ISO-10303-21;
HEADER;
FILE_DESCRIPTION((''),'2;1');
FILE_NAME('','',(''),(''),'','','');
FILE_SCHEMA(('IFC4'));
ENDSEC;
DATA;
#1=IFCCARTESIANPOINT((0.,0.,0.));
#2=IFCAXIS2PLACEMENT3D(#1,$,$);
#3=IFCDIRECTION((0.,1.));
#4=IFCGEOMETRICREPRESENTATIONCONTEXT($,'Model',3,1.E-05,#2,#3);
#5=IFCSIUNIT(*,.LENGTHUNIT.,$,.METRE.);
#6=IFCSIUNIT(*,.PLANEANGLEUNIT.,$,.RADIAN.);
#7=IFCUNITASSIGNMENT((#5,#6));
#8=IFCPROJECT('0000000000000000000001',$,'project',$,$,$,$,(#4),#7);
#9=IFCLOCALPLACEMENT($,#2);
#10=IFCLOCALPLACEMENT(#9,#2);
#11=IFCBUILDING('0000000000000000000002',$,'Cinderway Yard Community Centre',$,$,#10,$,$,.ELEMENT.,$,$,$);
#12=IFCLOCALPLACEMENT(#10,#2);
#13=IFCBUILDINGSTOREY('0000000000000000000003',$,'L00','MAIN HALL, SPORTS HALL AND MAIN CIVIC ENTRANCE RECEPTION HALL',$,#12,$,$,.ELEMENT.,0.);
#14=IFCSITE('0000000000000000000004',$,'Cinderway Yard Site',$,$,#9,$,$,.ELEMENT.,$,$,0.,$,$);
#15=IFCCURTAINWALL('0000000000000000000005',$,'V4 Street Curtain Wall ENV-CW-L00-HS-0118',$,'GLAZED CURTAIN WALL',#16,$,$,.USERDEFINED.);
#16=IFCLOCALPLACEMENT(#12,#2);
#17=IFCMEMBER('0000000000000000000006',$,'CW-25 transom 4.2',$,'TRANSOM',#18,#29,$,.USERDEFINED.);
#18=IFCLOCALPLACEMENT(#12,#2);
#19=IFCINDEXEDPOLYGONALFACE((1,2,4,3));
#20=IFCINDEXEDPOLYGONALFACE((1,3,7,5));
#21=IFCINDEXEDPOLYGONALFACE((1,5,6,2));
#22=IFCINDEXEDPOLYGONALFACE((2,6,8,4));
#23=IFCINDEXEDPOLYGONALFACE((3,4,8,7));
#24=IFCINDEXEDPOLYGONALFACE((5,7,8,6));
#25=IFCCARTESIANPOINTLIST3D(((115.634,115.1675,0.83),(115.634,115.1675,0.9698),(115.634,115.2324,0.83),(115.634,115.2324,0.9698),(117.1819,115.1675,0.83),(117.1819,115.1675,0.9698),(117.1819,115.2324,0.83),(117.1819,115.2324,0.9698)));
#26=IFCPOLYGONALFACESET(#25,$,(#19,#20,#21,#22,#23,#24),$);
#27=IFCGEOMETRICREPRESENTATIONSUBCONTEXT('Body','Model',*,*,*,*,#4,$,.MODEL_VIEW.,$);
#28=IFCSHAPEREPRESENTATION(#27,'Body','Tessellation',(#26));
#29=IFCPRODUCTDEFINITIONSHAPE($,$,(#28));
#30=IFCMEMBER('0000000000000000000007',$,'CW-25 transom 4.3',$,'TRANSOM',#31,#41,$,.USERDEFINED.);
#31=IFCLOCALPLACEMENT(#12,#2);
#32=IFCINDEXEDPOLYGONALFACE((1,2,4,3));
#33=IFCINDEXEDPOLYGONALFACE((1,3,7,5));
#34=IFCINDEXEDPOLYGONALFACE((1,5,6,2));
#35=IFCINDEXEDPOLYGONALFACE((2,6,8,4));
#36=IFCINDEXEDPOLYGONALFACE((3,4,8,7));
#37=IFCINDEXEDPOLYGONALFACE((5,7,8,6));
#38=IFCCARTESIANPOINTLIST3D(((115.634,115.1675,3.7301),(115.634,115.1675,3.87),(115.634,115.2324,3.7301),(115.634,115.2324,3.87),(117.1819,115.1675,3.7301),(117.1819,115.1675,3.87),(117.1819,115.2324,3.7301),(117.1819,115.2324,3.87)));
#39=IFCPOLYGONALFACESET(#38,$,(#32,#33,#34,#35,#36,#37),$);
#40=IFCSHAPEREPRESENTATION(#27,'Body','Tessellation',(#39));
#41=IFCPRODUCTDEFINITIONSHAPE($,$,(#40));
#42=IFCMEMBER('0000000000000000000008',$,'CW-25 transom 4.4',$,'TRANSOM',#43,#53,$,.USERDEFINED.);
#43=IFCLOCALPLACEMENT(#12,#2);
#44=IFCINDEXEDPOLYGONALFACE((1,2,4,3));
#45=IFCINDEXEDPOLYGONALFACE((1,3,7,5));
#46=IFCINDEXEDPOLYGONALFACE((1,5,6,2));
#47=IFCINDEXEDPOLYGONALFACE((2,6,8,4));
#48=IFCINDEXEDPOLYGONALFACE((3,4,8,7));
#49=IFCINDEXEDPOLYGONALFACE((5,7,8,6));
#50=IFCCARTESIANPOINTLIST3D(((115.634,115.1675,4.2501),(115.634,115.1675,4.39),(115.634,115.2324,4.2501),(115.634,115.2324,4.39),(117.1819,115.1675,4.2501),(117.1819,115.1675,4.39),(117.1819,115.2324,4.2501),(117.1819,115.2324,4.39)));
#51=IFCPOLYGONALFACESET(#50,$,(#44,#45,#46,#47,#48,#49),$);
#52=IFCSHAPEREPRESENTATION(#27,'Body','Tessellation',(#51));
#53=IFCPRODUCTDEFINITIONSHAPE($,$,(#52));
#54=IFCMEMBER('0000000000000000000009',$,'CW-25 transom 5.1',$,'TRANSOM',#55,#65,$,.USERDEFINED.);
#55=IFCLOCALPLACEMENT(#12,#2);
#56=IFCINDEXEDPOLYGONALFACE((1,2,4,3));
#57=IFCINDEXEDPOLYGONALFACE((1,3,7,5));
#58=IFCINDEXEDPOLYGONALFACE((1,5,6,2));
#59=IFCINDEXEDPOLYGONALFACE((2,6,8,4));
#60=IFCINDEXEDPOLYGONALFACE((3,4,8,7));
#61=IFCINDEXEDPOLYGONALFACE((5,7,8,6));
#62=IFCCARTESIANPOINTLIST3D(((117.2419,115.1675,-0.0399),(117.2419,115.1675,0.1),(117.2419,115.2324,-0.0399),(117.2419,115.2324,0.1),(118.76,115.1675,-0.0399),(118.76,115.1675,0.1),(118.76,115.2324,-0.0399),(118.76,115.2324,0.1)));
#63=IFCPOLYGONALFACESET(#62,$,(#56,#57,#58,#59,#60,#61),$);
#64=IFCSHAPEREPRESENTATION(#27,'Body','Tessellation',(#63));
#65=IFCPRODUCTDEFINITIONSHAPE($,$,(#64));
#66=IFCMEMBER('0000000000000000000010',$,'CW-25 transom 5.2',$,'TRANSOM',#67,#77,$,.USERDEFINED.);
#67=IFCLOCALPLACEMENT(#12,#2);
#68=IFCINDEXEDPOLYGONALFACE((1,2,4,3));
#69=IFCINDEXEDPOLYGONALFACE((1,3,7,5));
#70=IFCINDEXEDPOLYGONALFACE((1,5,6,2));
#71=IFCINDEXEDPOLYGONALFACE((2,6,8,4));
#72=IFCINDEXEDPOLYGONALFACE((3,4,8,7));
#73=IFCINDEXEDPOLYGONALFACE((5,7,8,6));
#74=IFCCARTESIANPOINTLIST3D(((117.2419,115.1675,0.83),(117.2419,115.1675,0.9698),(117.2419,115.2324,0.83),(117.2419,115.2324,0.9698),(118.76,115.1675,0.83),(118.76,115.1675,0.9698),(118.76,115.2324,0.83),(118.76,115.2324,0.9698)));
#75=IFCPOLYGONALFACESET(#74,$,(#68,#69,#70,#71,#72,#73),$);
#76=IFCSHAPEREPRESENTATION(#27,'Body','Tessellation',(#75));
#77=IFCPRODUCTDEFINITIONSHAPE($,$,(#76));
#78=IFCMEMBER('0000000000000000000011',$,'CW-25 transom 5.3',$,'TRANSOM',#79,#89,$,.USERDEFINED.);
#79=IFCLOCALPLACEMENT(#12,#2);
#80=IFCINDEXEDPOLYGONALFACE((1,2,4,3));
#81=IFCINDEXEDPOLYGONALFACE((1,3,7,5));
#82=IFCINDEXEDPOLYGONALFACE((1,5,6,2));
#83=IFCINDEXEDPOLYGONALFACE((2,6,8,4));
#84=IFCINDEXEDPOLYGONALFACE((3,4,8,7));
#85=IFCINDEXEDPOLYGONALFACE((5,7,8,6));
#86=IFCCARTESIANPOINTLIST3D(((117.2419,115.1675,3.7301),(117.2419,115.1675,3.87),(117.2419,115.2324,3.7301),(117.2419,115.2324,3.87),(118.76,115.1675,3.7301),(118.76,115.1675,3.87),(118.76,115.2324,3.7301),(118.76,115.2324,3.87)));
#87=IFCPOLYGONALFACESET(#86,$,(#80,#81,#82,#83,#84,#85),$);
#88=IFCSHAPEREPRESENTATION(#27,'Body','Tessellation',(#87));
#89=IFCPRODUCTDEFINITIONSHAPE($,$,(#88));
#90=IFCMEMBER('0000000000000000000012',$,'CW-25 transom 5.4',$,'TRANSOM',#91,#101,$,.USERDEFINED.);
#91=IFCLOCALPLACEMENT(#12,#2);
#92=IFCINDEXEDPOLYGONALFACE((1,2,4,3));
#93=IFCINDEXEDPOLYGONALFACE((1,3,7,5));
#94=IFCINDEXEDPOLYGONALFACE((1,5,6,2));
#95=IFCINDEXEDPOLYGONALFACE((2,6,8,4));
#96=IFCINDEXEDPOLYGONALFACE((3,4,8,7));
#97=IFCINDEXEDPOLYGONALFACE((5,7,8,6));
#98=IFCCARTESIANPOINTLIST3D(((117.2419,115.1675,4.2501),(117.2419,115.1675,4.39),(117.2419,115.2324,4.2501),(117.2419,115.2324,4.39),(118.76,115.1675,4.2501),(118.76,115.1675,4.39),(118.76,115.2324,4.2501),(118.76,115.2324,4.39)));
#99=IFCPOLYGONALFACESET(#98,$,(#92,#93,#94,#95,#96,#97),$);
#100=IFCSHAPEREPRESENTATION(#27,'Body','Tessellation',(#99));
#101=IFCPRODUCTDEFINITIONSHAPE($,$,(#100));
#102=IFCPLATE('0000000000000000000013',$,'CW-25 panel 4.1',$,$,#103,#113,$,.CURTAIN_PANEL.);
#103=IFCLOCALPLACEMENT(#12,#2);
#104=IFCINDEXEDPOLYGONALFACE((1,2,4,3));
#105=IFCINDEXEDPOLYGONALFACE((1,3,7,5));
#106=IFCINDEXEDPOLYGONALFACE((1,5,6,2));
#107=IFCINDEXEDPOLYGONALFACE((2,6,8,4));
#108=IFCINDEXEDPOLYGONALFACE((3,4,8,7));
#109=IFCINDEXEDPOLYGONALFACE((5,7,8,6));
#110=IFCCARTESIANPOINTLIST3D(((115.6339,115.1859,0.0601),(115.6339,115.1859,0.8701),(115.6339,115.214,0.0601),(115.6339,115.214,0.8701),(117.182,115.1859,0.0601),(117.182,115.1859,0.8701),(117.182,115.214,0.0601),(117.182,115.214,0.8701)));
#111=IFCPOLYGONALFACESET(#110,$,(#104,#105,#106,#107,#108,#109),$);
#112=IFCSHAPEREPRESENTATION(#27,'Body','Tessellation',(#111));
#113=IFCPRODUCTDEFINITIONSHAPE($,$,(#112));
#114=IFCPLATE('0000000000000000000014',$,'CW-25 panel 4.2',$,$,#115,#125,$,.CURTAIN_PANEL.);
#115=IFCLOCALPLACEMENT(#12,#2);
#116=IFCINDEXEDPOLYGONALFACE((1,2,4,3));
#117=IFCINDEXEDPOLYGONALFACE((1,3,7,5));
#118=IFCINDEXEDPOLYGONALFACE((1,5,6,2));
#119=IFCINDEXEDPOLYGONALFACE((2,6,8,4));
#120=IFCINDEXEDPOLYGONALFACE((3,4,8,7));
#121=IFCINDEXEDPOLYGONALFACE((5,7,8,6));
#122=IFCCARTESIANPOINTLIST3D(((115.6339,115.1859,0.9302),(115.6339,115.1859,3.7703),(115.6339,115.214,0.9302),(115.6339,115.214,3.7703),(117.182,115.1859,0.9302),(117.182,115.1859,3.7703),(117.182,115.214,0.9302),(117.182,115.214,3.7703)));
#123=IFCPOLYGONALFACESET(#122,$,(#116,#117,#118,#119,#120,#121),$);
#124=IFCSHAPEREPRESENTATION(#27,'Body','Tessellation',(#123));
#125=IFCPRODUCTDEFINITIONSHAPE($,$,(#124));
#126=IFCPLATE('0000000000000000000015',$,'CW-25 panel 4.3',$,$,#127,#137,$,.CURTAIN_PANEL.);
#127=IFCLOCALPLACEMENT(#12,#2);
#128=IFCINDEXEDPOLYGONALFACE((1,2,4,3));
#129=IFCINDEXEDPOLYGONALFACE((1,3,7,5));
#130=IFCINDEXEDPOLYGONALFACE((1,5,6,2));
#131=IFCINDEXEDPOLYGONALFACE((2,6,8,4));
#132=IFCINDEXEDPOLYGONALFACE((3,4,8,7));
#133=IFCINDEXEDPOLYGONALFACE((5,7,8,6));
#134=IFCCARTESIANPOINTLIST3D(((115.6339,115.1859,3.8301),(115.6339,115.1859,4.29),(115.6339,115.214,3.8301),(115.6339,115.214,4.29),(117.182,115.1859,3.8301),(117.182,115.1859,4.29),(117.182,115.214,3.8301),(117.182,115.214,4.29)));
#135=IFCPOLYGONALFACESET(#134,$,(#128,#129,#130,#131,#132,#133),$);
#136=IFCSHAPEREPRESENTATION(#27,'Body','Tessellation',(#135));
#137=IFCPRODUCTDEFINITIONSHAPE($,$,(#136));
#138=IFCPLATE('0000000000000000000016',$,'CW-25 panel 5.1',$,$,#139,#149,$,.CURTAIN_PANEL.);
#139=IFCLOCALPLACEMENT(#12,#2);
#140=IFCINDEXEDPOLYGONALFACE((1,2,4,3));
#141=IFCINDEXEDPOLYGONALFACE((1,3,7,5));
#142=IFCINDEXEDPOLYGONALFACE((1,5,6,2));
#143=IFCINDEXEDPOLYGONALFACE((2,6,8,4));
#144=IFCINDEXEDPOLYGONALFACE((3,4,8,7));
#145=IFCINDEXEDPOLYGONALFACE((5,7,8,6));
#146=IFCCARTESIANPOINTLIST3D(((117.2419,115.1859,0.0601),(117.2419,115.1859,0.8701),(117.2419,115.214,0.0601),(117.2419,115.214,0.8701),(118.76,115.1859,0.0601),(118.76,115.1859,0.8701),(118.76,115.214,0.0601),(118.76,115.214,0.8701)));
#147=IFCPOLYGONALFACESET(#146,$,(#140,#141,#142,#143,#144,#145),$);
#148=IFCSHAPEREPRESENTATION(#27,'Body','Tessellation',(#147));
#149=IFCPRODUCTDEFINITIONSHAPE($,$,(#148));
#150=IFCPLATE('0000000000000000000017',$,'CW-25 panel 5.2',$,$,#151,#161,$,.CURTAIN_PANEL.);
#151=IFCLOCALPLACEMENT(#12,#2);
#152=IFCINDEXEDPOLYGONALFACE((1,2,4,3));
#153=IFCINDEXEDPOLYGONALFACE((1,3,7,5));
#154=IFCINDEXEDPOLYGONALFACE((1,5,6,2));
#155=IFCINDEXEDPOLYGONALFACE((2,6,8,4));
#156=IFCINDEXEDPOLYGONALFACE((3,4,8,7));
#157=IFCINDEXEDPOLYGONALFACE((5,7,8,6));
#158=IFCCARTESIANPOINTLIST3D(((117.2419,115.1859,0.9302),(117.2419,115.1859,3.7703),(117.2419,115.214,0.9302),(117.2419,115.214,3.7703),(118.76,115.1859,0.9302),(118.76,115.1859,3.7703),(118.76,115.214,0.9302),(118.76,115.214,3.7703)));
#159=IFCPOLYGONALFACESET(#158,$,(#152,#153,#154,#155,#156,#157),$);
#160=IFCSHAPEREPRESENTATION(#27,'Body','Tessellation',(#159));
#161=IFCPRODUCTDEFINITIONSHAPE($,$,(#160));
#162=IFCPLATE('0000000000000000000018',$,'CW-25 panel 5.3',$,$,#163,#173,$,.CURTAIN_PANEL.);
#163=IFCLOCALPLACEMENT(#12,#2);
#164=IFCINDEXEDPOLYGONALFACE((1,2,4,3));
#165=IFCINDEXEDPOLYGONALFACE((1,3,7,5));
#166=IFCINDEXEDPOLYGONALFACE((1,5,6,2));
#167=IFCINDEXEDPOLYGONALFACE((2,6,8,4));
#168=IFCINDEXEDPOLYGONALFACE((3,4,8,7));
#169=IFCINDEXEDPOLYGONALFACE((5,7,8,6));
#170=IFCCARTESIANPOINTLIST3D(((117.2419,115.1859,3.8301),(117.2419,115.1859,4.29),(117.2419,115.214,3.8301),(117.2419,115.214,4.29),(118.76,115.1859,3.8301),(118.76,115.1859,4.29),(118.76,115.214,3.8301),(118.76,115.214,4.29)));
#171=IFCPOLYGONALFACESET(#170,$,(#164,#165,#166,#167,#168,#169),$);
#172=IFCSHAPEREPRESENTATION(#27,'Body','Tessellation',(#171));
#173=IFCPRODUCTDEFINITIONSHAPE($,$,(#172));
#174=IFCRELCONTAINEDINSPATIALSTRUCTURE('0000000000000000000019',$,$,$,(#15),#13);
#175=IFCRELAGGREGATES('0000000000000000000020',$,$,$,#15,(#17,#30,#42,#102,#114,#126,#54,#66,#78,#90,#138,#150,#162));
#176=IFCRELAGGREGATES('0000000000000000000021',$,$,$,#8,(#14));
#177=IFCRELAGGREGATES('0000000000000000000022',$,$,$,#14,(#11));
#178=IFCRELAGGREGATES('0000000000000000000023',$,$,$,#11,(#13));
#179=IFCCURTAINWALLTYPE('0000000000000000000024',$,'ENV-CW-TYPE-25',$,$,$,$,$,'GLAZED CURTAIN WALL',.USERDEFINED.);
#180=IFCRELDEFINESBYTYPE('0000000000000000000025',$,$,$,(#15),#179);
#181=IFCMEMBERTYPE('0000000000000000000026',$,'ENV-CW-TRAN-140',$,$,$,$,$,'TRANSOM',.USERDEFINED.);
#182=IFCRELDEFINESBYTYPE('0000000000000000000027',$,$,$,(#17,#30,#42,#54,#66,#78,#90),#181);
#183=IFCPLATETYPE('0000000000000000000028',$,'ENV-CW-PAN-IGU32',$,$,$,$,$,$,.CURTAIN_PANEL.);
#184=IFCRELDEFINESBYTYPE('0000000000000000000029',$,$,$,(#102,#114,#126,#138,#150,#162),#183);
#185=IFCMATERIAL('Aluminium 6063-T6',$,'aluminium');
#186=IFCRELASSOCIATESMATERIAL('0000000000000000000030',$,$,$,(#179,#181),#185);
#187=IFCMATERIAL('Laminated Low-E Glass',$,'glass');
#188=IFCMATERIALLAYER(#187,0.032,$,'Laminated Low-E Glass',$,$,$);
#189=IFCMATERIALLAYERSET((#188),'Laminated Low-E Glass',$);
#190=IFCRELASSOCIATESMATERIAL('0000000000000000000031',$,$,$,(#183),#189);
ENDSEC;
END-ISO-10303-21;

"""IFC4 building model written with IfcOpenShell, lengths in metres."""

from ifc_helpers import new_model, si_unit, direction, frame, origin, origin_2d, place, context, subcontext, project, spatial, rectangle, extrude, material, layer, layer_set, material_profile, profile_set, type_object, element, aggregate, save


model = new_model("IFC4")

# Units and contexts
model_context = context("Model", 3, precision=1e-05, world=origin(), true_north=direction((0.0, 1.0)))
body_context = subcontext(model_context, "Body", "Model", "MODEL_VIEW")
ifc_project = project(units=[si_unit("LENGTHUNIT", "METRE"), si_unit("PLANEANGLEUNIT", "RADIAN")], contexts=[model_context])

# Site, building, storey
site_placement = place(None, origin())
site = spatial("IfcSite", under=ifc_project, at=site_placement, Name="Cinderway Yard Site", CompositionType="ELEMENT", RefElevation=0.0)
building_placement = place(site_placement, origin())
building = spatial("IfcBuilding", under=site, at=building_placement, Name="Cinderway Yard Community Centre", CompositionType="ELEMENT")
storey_placement = place(building_placement, origin())
storey = spatial("IfcBuildingStorey", under=building, at=storey_placement, Name="L00", Description="MAIN HALL, SPORTS HALL AND MAIN CIVIC ENTRANCE RECEPTION HALL", CompositionType="ELEMENT", Elevation=0.0)

# Curtain wall, members, plates
ifc_material_1 = material(Name="Aluminium 6063-T6", Category="aluminium")
curtain_wall_type = type_object("IfcCurtainWallType", Name="ENV-CW-TYPE-25", ElementType="GLAZED CURTAIN WALL", PredefinedType="USERDEFINED", material=ifc_material_1)
curtain_wall_placement = place(storey_placement, origin())
curtain_wall = element("IfcCurtainWall", 1, at=curtain_wall_placement, inside=storey, type_object=curtain_wall_type, Name="V4 Street Curtain Wall ENV-CW-L00-HS-0118", ObjectType="GLAZED CURTAIN WALL", PredefinedType="USERDEFINED")
ifc_material_profile_1 = material_profile(ifc_material_1, rectangle(XDim=0.0649, YDim=0.1399, at=origin_2d()), Name="Aluminium 6063-T6")
ifc_profile_set_1 = profile_set([ifc_material_profile_1], Name="Aluminium 6063-T6")
member_type_1 = type_object("IfcMemberType", Name="ENV-CW-TRAN-140", ElementType="TRANSOM", PredefinedType="USERDEFINED", material=ifc_profile_set_1)
member_1_placement = place(storey_placement, frame((115.634, 115.2, 0.8999), z_axis=(1.0, 0.0, 0.0), x_axis=(0.0, 1.0, 0.0)))
member_1 = element("IfcMember", 2, at=member_1_placement, type_object=member_type_1, Name="CW-25 transom 4.2", ObjectType="TRANSOM", PredefinedType="USERDEFINED", context=body_context, shape_type="SweptSolid", body=[
    extrude(rectangle(XDim=0.0649, YDim=0.1399, at=origin_2d()), origin(), (0.0, 0.0, 1.0), 1.5479),
])
member_2_placement = place(storey_placement, frame((115.634, 115.2, 3.8), z_axis=(1.0, 0.0, 0.0), x_axis=(0.0, 1.0, 0.0)))
member_2 = element("IfcMember", 3, at=member_2_placement, type_object=member_type_1, Name="CW-25 transom 4.3", ObjectType="TRANSOM", PredefinedType="USERDEFINED", context=body_context, shape_type="SweptSolid", body=[
    extrude(rectangle(XDim=0.0649, YDim=0.1399, at=origin_2d()), origin(), (0.0, 0.0, 1.0), 1.5479),
])
member_3_placement = place(storey_placement, frame((115.634, 115.2, 4.3201), z_axis=(1.0, 0.0, 0.0), x_axis=(0.0, 1.0, 0.0)))
member_3 = element("IfcMember", 4, at=member_3_placement, type_object=member_type_1, Name="CW-25 transom 4.4", ObjectType="TRANSOM", PredefinedType="USERDEFINED", context=body_context, shape_type="SweptSolid", body=[
    extrude(rectangle(XDim=0.0649, YDim=0.1399, at=origin_2d()), origin(), (0.0, 0.0, 1.0), 1.5479),
])
member_4_placement = place(storey_placement, frame((117.2419, 115.2, 0.03), z_axis=(1.0, 0.0, 0.0), x_axis=(0.0, 1.0, 0.0)))
member_4 = element("IfcMember", 5, at=member_4_placement, type_object=member_type_1, Name="CW-25 transom 5.1", ObjectType="TRANSOM", PredefinedType="USERDEFINED", context=body_context, shape_type="SweptSolid", body=[
    extrude(rectangle(XDim=0.0649, YDim=0.1399, at=origin_2d()), origin(), (0.0, 0.0, 1.0), 1.5181),
])
member_5_placement = place(storey_placement, frame((117.2419, 115.2, 0.8999), z_axis=(1.0, 0.0, 0.0), x_axis=(0.0, 1.0, 0.0)))
member_5 = element("IfcMember", 6, at=member_5_placement, type_object=member_type_1, Name="CW-25 transom 5.2", ObjectType="TRANSOM", PredefinedType="USERDEFINED", context=body_context, shape_type="SweptSolid", body=[
    extrude(rectangle(XDim=0.0649, YDim=0.1399, at=origin_2d()), origin(), (0.0, 0.0, 1.0), 1.5181),
])
member_6_placement = place(storey_placement, frame((117.2419, 115.2, 3.8), z_axis=(1.0, 0.0, 0.0), x_axis=(0.0, 1.0, 0.0)))
member_6 = element("IfcMember", 7, at=member_6_placement, type_object=member_type_1, Name="CW-25 transom 5.3", ObjectType="TRANSOM", PredefinedType="USERDEFINED", context=body_context, shape_type="SweptSolid", body=[
    extrude(rectangle(XDim=0.0649, YDim=0.1399, at=origin_2d()), origin(), (0.0, 0.0, 1.0), 1.5181),
])
member_7_placement = place(storey_placement, frame((117.2419, 115.2, 4.3201), z_axis=(1.0, 0.0, 0.0), x_axis=(0.0, 1.0, 0.0)))
member_7 = element("IfcMember", 8, at=member_7_placement, type_object=member_type_1, Name="CW-25 transom 5.4", ObjectType="TRANSOM", PredefinedType="USERDEFINED", context=body_context, shape_type="SweptSolid", body=[
    extrude(rectangle(XDim=0.0649, YDim=0.1399, at=origin_2d()), origin(), (0.0, 0.0, 1.0), 1.5181),
])
ifc_material_2 = material(Name="Laminated Low-E Glass", Category="glass")
ifc_layer_1 = layer(ifc_material_2, 0.032, Name="Laminated Low-E Glass")
ifc_layer_set_1 = layer_set([ifc_layer_1], Name="Laminated Low-E Glass")
plate_type = type_object("IfcPlateType", Name="ENV-CW-PAN-IGU32", PredefinedType="CURTAIN_PANEL", material=ifc_layer_set_1)
plate_1_placement = place(storey_placement, frame((116.408, 115.2, 0.0601), z_axis=(0.0, 0.0, 1.0), x_axis=(1.0, 0.0, 0.0)))
plate_1 = element("IfcPlate", 9, at=plate_1_placement, type_object=plate_type, Name="CW-25 panel 4.1", PredefinedType="CURTAIN_PANEL", context=body_context, shape_type="SweptSolid", body=[
    extrude(rectangle(XDim=1.5481, YDim=0.0281, at=origin_2d()), origin(), (0.0, 0.0, 1.0), 0.8101),
])
plate_2_placement = place(storey_placement, frame((116.408, 115.2, 0.9302), z_axis=(0.0, 0.0, 1.0), x_axis=(1.0, 0.0, 0.0)))
plate_2 = element("IfcPlate", 10, at=plate_2_placement, type_object=plate_type, Name="CW-25 panel 4.2", PredefinedType="CURTAIN_PANEL", context=body_context, shape_type="SweptSolid", body=[
    extrude(rectangle(XDim=1.5481, YDim=0.0281, at=origin_2d()), origin(), (0.0, 0.0, 1.0), 2.8401),
])
plate_3_placement = place(storey_placement, frame((116.408, 115.2, 3.8301), z_axis=(0.0, 0.0, 1.0), x_axis=(1.0, 0.0, 0.0)))
plate_3 = element("IfcPlate", 11, at=plate_3_placement, type_object=plate_type, Name="CW-25 panel 4.3", PredefinedType="CURTAIN_PANEL", context=body_context, shape_type="SweptSolid", body=[
    extrude(rectangle(XDim=1.5481, YDim=0.0281, at=origin_2d()), origin(), (0.0, 0.0, 1.0), 0.46),
])
plate_4_placement = place(storey_placement, frame((118.001, 115.2, 0.0601), z_axis=(0.0, 0.0, 1.0), x_axis=(1.0, 0.0, 0.0)))
plate_4 = element("IfcPlate", 12, at=plate_4_placement, type_object=plate_type, Name="CW-25 panel 5.1", PredefinedType="CURTAIN_PANEL", context=body_context, shape_type="SweptSolid", body=[
    extrude(rectangle(XDim=1.5181, YDim=0.0281, at=origin_2d()), origin(), (0.0, 0.0, 1.0), 0.8101),
])
plate_5_placement = place(storey_placement, frame((118.001, 115.2, 0.9302), z_axis=(0.0, 0.0, 1.0), x_axis=(1.0, 0.0, 0.0)))
plate_5 = element("IfcPlate", 13, at=plate_5_placement, type_object=plate_type, Name="CW-25 panel 5.2", PredefinedType="CURTAIN_PANEL", context=body_context, shape_type="SweptSolid", body=[
    extrude(rectangle(XDim=1.5181, YDim=0.0281, at=origin_2d()), origin(), (0.0, 0.0, 1.0), 2.8401),
])
plate_6_placement = place(storey_placement, frame((118.001, 115.2, 3.8301), z_axis=(0.0, 0.0, 1.0), x_axis=(1.0, 0.0, 0.0)))
plate_6 = element("IfcPlate", 14, at=plate_6_placement, type_object=plate_type, Name="CW-25 panel 5.3", PredefinedType="CURTAIN_PANEL", context=body_context, shape_type="SweptSolid", body=[
    extrude(rectangle(XDim=1.5181, YDim=0.0281, at=origin_2d()), origin(), (0.0, 0.0, 1.0), 0.46),
])
aggregate(curtain_wall, [member_1, member_2, member_3, plate_1, plate_2, plate_3, member_4, member_5, member_6, member_7, plate_4, plate_5, plate_6])

save(model, "model.ifc")
